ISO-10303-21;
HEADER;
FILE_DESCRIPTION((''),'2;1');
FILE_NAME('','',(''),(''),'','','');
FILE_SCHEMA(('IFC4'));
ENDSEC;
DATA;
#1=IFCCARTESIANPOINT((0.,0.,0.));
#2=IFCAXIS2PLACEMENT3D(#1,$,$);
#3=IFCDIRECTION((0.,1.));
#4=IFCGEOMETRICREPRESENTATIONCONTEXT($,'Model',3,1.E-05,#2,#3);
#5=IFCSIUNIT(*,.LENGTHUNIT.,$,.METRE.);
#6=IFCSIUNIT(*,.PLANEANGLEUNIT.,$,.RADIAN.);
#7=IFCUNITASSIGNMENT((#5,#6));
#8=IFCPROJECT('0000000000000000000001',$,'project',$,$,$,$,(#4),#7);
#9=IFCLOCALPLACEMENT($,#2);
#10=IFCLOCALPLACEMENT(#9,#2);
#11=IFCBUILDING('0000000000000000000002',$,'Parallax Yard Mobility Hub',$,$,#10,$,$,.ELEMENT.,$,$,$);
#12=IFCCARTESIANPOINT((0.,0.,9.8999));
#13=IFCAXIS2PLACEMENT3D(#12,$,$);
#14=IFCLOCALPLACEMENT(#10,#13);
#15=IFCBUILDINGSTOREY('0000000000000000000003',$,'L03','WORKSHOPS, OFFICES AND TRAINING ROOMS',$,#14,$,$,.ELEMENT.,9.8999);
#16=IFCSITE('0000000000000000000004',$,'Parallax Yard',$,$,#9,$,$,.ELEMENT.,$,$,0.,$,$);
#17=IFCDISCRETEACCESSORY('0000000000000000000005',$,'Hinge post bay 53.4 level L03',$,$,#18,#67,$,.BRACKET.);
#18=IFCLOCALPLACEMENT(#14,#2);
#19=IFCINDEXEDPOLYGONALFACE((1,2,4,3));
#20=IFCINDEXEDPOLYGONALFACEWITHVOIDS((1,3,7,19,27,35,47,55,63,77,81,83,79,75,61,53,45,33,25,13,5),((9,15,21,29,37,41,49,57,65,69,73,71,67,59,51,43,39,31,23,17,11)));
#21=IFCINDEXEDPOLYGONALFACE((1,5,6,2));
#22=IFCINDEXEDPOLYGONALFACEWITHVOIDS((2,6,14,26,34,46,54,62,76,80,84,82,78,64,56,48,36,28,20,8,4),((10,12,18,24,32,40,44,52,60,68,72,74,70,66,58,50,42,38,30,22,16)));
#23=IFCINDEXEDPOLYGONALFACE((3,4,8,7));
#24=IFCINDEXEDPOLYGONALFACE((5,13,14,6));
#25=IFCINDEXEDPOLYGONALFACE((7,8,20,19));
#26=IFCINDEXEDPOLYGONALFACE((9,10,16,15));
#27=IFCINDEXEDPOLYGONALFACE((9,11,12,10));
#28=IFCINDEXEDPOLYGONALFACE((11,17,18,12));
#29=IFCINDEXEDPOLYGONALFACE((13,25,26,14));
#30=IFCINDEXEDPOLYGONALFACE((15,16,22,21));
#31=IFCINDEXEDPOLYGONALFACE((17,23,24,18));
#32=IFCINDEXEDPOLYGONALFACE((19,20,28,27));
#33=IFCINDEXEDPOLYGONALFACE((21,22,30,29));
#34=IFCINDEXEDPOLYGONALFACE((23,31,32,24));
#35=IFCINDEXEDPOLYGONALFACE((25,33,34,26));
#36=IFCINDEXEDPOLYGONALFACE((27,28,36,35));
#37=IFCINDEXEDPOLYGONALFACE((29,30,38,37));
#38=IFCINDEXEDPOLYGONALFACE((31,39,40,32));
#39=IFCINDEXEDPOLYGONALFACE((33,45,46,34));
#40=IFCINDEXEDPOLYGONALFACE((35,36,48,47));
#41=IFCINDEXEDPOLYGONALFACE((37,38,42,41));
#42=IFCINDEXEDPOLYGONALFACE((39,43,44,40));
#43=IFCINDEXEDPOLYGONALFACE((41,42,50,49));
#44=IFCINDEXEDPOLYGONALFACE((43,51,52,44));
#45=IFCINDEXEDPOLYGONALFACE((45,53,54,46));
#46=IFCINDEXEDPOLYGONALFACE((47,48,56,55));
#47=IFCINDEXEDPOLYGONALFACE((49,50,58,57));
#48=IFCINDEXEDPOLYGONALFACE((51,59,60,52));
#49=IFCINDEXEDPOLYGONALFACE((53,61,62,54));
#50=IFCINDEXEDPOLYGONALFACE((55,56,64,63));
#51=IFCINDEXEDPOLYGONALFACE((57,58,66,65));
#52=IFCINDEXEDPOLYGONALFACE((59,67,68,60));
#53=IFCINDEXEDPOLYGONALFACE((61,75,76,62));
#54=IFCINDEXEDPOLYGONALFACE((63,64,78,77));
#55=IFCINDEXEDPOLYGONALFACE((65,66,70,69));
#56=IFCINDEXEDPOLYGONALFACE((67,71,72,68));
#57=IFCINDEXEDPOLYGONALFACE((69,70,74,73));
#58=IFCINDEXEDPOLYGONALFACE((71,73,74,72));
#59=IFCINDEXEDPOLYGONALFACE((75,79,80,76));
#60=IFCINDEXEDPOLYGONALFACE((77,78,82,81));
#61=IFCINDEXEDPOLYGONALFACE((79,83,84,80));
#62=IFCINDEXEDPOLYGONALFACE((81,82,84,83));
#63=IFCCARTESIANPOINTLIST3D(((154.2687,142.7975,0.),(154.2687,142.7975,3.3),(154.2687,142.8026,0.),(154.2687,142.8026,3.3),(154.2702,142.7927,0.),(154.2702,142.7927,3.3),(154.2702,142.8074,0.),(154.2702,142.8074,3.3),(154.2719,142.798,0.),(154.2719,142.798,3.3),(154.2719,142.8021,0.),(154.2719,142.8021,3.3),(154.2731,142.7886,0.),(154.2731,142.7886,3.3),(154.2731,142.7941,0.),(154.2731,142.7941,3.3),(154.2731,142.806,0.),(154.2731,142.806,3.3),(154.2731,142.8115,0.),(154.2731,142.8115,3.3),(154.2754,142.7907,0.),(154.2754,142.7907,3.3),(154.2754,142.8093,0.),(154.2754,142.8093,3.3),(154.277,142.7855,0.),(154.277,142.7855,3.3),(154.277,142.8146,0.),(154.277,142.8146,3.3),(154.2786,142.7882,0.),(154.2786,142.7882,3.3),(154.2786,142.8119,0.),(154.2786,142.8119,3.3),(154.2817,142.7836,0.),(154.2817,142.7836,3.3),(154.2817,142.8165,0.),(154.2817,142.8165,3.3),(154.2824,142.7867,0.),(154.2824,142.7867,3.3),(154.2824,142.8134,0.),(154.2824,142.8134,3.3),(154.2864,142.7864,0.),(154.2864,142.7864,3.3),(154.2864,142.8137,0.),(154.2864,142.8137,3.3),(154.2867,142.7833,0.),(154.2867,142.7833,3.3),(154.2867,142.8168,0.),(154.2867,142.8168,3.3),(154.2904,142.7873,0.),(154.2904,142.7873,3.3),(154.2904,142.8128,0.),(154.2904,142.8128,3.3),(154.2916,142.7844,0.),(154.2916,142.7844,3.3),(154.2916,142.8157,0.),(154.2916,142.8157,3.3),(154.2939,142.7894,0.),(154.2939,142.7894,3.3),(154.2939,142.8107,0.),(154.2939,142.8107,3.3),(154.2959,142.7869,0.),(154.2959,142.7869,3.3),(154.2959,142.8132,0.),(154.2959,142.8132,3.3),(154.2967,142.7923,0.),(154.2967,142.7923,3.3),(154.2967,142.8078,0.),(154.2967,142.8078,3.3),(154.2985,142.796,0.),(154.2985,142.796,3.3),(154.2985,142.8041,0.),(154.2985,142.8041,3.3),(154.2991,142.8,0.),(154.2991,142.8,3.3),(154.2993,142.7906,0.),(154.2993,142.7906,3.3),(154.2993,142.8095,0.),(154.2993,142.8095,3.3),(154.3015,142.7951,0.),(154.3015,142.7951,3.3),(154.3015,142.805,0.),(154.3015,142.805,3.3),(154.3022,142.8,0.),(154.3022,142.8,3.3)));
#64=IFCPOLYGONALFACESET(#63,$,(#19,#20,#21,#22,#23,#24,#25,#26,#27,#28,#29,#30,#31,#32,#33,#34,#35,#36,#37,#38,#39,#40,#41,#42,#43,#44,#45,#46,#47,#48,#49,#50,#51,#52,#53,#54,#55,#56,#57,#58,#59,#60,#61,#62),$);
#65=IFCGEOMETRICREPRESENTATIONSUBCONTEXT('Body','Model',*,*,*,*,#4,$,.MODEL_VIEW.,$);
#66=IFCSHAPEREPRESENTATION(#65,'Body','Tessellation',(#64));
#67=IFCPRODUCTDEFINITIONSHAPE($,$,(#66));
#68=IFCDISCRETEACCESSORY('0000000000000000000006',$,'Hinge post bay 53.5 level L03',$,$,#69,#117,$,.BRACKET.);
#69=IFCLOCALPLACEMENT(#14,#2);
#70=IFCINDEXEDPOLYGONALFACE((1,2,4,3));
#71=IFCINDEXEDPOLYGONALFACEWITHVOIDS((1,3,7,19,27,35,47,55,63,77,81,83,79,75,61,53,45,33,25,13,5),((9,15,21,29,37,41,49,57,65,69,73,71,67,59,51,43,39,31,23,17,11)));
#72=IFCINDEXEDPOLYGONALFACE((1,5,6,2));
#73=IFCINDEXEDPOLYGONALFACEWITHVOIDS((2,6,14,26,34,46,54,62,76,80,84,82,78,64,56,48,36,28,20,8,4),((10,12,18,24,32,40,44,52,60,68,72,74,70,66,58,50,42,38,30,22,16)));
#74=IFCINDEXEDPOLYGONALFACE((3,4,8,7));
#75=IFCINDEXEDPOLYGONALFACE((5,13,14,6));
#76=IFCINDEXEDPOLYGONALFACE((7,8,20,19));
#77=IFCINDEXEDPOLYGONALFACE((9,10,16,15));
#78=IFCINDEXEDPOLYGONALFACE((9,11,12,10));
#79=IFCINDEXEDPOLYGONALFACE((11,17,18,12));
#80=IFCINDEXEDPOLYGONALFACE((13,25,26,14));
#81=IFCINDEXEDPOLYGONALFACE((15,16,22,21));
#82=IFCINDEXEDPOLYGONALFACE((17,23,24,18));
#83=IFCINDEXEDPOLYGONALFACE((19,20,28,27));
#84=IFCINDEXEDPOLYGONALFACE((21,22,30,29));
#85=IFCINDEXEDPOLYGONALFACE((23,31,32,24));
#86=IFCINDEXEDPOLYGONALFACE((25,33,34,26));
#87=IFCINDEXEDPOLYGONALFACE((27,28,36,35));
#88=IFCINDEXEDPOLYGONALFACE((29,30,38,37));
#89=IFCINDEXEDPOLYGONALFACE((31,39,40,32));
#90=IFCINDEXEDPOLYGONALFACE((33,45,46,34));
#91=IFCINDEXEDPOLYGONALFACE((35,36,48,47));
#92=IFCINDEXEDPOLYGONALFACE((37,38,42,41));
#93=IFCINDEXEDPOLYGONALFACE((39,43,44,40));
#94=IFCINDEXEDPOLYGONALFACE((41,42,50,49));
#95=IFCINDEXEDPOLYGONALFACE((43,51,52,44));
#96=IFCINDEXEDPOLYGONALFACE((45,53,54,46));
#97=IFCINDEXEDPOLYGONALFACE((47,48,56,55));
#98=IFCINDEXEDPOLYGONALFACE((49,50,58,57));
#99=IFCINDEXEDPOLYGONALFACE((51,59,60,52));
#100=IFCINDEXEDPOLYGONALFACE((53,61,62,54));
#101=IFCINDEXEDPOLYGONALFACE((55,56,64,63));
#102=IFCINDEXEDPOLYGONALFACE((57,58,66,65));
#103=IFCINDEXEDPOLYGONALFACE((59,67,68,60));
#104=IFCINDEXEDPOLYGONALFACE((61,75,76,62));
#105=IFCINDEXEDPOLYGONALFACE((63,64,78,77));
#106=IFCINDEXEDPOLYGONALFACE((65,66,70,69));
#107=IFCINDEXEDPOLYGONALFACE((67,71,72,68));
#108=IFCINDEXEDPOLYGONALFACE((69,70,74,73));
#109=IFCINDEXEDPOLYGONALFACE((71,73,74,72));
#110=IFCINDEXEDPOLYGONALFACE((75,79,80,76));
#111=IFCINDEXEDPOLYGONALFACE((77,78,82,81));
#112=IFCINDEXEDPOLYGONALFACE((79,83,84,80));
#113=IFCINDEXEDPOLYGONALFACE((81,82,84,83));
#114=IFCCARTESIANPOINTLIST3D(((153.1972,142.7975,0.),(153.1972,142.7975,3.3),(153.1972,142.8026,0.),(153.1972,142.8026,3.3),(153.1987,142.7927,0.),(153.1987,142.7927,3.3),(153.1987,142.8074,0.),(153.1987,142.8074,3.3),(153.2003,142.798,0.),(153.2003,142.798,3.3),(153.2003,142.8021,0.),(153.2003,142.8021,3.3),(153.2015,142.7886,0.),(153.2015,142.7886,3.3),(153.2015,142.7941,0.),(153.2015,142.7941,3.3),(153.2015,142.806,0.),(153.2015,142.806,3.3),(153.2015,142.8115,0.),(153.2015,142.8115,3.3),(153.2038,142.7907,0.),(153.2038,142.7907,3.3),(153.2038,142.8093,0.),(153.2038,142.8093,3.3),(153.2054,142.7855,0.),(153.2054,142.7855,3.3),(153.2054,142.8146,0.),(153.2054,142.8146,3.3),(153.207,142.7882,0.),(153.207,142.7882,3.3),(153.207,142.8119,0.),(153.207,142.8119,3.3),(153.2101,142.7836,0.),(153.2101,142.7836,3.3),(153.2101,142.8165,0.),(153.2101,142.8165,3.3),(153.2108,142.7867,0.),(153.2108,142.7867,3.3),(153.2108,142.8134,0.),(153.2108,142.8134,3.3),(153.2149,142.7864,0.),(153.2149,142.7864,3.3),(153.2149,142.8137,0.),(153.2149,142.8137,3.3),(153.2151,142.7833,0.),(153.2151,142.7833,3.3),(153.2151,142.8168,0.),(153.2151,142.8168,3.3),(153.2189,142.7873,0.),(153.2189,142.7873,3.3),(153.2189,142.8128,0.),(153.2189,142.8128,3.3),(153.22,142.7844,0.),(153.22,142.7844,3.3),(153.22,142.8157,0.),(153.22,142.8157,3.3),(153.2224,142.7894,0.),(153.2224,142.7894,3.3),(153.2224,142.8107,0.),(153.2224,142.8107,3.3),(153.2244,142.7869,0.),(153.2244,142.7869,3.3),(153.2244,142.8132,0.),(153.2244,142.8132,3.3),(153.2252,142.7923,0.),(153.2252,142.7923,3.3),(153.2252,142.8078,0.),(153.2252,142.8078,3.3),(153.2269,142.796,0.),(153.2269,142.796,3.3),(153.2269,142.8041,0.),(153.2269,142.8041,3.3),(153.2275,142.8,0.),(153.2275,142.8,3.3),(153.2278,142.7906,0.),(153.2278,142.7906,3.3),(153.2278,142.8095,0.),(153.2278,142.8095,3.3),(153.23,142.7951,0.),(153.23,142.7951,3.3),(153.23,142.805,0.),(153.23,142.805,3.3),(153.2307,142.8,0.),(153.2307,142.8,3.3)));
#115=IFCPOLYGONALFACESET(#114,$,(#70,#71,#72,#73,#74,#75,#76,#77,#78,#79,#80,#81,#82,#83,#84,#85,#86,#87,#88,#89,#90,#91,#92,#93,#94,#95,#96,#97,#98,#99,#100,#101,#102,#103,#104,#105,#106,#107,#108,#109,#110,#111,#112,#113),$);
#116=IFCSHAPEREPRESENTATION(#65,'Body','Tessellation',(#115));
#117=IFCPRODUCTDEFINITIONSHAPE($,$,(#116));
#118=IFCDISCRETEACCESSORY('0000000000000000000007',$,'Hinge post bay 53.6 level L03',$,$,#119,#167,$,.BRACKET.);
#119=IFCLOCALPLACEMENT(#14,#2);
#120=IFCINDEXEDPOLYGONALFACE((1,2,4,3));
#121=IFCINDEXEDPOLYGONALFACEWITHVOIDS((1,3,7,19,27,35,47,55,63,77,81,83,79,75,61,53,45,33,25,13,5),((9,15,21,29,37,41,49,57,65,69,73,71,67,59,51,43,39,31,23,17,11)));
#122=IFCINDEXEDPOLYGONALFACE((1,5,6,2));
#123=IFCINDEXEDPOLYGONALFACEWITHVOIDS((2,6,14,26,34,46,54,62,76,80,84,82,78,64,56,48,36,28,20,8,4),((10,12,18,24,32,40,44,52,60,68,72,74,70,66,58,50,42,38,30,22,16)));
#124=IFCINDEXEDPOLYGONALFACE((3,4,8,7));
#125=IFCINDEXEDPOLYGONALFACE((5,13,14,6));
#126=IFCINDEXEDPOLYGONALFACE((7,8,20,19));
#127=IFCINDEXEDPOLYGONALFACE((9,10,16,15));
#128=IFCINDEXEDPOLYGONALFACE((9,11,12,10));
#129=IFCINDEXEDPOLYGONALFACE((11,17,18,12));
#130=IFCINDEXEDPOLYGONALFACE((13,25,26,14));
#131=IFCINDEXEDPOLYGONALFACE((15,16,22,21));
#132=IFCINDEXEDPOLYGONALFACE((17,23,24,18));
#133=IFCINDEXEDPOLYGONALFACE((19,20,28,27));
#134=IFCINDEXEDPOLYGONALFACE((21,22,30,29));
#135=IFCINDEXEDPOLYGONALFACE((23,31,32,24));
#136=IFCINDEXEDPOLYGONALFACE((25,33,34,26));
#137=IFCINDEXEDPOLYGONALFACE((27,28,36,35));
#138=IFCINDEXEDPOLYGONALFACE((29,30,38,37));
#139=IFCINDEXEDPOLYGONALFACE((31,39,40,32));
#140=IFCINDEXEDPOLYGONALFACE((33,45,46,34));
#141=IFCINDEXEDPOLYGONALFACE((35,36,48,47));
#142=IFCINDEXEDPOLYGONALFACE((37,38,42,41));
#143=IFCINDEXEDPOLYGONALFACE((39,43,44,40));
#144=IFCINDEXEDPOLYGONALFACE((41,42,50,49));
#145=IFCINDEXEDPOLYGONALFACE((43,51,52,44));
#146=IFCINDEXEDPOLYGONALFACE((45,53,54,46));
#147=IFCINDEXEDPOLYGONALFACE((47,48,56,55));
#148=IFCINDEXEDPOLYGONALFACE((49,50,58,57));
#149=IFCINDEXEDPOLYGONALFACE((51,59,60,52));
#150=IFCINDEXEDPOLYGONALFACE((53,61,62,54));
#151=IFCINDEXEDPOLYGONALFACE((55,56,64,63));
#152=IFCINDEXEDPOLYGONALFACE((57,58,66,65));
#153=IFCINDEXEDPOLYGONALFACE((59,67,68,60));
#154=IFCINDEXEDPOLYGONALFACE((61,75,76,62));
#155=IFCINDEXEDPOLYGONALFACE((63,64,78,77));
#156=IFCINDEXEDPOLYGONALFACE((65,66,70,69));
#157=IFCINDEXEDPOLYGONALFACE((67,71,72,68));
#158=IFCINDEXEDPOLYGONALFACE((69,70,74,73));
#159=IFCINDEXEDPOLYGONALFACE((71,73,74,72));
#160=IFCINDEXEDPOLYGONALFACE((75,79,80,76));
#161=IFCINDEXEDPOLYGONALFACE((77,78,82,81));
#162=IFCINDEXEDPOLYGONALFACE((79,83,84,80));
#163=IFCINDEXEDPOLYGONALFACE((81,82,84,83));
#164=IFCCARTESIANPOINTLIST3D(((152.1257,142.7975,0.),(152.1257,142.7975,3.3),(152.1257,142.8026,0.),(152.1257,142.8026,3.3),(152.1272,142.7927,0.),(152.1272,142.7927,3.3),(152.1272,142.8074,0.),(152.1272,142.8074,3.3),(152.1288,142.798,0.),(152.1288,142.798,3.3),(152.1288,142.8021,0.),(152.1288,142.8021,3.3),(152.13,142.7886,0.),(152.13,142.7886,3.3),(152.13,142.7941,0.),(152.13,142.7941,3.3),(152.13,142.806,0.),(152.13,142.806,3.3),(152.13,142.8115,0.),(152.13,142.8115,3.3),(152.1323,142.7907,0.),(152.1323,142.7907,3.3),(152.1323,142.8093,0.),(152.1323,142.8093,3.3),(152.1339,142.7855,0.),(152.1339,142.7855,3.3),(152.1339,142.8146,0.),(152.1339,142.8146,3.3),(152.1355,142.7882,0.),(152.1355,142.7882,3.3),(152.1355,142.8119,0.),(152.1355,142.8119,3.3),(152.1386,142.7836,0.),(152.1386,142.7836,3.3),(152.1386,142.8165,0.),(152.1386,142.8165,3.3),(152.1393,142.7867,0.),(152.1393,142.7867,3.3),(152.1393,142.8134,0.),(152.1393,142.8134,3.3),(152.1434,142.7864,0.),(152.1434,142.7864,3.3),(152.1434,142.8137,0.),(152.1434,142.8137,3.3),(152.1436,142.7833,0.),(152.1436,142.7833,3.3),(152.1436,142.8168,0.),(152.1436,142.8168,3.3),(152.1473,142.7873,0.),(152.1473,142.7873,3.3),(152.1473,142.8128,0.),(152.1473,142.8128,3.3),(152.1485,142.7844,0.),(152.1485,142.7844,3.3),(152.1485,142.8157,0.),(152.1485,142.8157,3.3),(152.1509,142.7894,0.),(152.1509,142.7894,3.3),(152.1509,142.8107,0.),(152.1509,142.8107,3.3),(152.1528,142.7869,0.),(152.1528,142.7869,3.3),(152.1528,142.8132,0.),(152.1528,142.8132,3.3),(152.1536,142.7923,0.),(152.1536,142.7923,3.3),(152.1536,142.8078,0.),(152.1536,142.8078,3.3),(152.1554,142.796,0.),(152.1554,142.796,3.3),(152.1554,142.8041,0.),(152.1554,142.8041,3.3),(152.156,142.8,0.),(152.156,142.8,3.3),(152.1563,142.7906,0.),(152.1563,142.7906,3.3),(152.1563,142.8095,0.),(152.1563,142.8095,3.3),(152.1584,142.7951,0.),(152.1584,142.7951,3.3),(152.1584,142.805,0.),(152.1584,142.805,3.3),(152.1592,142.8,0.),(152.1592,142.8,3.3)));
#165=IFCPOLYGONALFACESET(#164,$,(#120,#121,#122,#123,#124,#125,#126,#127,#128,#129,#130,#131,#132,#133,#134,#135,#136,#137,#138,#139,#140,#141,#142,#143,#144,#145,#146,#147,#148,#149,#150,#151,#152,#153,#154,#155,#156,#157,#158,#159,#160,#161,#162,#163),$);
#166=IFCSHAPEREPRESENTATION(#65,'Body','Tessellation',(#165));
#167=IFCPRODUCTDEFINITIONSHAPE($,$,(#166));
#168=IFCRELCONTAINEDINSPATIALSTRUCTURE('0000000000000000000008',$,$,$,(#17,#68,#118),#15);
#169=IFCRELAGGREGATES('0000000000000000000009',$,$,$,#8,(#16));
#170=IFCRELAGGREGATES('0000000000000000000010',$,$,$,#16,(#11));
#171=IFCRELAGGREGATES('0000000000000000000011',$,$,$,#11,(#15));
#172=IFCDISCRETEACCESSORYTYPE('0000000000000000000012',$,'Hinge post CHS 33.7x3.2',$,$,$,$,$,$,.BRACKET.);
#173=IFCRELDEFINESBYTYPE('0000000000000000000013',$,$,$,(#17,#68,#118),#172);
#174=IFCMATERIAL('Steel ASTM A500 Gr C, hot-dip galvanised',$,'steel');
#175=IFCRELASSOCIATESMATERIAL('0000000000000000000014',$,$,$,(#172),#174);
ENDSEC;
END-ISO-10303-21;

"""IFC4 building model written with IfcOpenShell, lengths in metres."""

from ifc_helpers import new_model, si_unit, direction, frame, origin, origin_2d, place, context, subcontext, project, spatial, hollow_circle, extrude, material, material_profile, profile_set, type_object, element, save


model = new_model("IFC4")

# Units and contexts
model_context = context("Model", 3, precision=1e-05, world=origin(), true_north=direction((0.0, 1.0)))
body_context = subcontext(model_context, "Body", "Model", "MODEL_VIEW")
ifc_project = project(units=[si_unit("LENGTHUNIT", "METRE"), si_unit("PLANEANGLEUNIT", "RADIAN")], contexts=[model_context])

# Site, building, storey
site_placement = place(None, origin())
site = spatial("IfcSite", under=ifc_project, at=site_placement, Name="Parallax Yard", CompositionType="ELEMENT", RefElevation=0.0)
building_placement = place(site_placement, origin())
building = spatial("IfcBuilding", under=site, at=building_placement, Name="Parallax Yard Mobility Hub", CompositionType="ELEMENT")
storey_placement = place(building_placement, frame((0.0, 0.0, 9.8999)))
storey = spatial("IfcBuildingStorey", under=building, at=storey_placement, Name="L03", Description="WORKSHOPS, OFFICES AND TRAINING ROOMS", CompositionType="ELEMENT", Elevation=9.8999)

# Discrete accessories
ifc_material_1 = material(Name="Steel ASTM A500 Gr C, hot-dip galvanised", Category="steel")
ifc_material_profile_1 = material_profile(ifc_material_1, hollow_circle(Radius=0.0168, WallThickness=0.0032, at=origin_2d()), Name="CHS 33.7x3.2")
ifc_profile_set_1 = profile_set([ifc_material_profile_1], Name="Steel ASTM A500 Gr C, hot-dip galvanised")
discrete_accessory_type_1 = type_object("IfcDiscreteAccessoryType", Name="Hinge post CHS 33.7x3.2", PredefinedType="BRACKET", material=ifc_profile_set_1)
for number, where, z_axis, x_axis, name in (
    (1, (154.2854, 142.8, 0.0), (0.0, 0.0, 1.0), (1.0, 0.0, 0.0), "Hinge post bay 53.4 level L03"),
    (2, (153.2139, 142.8, 0.0), (0.0, 0.0, 1.0), (1.0, 0.0, 0.0), "Hinge post bay 53.5 level L03"),
    (3, (152.1423, 142.8, 0.0), (0.0, 0.0, 1.0), (1.0, 0.0, 0.0), "Hinge post bay 53.6 level L03"),
):
    element("IfcDiscreteAccessory", number, at=place(storey_placement, frame(where, z_axis=z_axis, x_axis=x_axis)), inside=storey, type_object=discrete_accessory_type_1, Name=name, PredefinedType="BRACKET", context=body_context, shape_type="SweptSolid", body=[
        extrude(hollow_circle(Radius=0.0168, WallThickness=0.0032, at=origin_2d()), origin(), (0.0, 0.0, 1.0), 3.3),
    ])

save(model, "model.ifc")
